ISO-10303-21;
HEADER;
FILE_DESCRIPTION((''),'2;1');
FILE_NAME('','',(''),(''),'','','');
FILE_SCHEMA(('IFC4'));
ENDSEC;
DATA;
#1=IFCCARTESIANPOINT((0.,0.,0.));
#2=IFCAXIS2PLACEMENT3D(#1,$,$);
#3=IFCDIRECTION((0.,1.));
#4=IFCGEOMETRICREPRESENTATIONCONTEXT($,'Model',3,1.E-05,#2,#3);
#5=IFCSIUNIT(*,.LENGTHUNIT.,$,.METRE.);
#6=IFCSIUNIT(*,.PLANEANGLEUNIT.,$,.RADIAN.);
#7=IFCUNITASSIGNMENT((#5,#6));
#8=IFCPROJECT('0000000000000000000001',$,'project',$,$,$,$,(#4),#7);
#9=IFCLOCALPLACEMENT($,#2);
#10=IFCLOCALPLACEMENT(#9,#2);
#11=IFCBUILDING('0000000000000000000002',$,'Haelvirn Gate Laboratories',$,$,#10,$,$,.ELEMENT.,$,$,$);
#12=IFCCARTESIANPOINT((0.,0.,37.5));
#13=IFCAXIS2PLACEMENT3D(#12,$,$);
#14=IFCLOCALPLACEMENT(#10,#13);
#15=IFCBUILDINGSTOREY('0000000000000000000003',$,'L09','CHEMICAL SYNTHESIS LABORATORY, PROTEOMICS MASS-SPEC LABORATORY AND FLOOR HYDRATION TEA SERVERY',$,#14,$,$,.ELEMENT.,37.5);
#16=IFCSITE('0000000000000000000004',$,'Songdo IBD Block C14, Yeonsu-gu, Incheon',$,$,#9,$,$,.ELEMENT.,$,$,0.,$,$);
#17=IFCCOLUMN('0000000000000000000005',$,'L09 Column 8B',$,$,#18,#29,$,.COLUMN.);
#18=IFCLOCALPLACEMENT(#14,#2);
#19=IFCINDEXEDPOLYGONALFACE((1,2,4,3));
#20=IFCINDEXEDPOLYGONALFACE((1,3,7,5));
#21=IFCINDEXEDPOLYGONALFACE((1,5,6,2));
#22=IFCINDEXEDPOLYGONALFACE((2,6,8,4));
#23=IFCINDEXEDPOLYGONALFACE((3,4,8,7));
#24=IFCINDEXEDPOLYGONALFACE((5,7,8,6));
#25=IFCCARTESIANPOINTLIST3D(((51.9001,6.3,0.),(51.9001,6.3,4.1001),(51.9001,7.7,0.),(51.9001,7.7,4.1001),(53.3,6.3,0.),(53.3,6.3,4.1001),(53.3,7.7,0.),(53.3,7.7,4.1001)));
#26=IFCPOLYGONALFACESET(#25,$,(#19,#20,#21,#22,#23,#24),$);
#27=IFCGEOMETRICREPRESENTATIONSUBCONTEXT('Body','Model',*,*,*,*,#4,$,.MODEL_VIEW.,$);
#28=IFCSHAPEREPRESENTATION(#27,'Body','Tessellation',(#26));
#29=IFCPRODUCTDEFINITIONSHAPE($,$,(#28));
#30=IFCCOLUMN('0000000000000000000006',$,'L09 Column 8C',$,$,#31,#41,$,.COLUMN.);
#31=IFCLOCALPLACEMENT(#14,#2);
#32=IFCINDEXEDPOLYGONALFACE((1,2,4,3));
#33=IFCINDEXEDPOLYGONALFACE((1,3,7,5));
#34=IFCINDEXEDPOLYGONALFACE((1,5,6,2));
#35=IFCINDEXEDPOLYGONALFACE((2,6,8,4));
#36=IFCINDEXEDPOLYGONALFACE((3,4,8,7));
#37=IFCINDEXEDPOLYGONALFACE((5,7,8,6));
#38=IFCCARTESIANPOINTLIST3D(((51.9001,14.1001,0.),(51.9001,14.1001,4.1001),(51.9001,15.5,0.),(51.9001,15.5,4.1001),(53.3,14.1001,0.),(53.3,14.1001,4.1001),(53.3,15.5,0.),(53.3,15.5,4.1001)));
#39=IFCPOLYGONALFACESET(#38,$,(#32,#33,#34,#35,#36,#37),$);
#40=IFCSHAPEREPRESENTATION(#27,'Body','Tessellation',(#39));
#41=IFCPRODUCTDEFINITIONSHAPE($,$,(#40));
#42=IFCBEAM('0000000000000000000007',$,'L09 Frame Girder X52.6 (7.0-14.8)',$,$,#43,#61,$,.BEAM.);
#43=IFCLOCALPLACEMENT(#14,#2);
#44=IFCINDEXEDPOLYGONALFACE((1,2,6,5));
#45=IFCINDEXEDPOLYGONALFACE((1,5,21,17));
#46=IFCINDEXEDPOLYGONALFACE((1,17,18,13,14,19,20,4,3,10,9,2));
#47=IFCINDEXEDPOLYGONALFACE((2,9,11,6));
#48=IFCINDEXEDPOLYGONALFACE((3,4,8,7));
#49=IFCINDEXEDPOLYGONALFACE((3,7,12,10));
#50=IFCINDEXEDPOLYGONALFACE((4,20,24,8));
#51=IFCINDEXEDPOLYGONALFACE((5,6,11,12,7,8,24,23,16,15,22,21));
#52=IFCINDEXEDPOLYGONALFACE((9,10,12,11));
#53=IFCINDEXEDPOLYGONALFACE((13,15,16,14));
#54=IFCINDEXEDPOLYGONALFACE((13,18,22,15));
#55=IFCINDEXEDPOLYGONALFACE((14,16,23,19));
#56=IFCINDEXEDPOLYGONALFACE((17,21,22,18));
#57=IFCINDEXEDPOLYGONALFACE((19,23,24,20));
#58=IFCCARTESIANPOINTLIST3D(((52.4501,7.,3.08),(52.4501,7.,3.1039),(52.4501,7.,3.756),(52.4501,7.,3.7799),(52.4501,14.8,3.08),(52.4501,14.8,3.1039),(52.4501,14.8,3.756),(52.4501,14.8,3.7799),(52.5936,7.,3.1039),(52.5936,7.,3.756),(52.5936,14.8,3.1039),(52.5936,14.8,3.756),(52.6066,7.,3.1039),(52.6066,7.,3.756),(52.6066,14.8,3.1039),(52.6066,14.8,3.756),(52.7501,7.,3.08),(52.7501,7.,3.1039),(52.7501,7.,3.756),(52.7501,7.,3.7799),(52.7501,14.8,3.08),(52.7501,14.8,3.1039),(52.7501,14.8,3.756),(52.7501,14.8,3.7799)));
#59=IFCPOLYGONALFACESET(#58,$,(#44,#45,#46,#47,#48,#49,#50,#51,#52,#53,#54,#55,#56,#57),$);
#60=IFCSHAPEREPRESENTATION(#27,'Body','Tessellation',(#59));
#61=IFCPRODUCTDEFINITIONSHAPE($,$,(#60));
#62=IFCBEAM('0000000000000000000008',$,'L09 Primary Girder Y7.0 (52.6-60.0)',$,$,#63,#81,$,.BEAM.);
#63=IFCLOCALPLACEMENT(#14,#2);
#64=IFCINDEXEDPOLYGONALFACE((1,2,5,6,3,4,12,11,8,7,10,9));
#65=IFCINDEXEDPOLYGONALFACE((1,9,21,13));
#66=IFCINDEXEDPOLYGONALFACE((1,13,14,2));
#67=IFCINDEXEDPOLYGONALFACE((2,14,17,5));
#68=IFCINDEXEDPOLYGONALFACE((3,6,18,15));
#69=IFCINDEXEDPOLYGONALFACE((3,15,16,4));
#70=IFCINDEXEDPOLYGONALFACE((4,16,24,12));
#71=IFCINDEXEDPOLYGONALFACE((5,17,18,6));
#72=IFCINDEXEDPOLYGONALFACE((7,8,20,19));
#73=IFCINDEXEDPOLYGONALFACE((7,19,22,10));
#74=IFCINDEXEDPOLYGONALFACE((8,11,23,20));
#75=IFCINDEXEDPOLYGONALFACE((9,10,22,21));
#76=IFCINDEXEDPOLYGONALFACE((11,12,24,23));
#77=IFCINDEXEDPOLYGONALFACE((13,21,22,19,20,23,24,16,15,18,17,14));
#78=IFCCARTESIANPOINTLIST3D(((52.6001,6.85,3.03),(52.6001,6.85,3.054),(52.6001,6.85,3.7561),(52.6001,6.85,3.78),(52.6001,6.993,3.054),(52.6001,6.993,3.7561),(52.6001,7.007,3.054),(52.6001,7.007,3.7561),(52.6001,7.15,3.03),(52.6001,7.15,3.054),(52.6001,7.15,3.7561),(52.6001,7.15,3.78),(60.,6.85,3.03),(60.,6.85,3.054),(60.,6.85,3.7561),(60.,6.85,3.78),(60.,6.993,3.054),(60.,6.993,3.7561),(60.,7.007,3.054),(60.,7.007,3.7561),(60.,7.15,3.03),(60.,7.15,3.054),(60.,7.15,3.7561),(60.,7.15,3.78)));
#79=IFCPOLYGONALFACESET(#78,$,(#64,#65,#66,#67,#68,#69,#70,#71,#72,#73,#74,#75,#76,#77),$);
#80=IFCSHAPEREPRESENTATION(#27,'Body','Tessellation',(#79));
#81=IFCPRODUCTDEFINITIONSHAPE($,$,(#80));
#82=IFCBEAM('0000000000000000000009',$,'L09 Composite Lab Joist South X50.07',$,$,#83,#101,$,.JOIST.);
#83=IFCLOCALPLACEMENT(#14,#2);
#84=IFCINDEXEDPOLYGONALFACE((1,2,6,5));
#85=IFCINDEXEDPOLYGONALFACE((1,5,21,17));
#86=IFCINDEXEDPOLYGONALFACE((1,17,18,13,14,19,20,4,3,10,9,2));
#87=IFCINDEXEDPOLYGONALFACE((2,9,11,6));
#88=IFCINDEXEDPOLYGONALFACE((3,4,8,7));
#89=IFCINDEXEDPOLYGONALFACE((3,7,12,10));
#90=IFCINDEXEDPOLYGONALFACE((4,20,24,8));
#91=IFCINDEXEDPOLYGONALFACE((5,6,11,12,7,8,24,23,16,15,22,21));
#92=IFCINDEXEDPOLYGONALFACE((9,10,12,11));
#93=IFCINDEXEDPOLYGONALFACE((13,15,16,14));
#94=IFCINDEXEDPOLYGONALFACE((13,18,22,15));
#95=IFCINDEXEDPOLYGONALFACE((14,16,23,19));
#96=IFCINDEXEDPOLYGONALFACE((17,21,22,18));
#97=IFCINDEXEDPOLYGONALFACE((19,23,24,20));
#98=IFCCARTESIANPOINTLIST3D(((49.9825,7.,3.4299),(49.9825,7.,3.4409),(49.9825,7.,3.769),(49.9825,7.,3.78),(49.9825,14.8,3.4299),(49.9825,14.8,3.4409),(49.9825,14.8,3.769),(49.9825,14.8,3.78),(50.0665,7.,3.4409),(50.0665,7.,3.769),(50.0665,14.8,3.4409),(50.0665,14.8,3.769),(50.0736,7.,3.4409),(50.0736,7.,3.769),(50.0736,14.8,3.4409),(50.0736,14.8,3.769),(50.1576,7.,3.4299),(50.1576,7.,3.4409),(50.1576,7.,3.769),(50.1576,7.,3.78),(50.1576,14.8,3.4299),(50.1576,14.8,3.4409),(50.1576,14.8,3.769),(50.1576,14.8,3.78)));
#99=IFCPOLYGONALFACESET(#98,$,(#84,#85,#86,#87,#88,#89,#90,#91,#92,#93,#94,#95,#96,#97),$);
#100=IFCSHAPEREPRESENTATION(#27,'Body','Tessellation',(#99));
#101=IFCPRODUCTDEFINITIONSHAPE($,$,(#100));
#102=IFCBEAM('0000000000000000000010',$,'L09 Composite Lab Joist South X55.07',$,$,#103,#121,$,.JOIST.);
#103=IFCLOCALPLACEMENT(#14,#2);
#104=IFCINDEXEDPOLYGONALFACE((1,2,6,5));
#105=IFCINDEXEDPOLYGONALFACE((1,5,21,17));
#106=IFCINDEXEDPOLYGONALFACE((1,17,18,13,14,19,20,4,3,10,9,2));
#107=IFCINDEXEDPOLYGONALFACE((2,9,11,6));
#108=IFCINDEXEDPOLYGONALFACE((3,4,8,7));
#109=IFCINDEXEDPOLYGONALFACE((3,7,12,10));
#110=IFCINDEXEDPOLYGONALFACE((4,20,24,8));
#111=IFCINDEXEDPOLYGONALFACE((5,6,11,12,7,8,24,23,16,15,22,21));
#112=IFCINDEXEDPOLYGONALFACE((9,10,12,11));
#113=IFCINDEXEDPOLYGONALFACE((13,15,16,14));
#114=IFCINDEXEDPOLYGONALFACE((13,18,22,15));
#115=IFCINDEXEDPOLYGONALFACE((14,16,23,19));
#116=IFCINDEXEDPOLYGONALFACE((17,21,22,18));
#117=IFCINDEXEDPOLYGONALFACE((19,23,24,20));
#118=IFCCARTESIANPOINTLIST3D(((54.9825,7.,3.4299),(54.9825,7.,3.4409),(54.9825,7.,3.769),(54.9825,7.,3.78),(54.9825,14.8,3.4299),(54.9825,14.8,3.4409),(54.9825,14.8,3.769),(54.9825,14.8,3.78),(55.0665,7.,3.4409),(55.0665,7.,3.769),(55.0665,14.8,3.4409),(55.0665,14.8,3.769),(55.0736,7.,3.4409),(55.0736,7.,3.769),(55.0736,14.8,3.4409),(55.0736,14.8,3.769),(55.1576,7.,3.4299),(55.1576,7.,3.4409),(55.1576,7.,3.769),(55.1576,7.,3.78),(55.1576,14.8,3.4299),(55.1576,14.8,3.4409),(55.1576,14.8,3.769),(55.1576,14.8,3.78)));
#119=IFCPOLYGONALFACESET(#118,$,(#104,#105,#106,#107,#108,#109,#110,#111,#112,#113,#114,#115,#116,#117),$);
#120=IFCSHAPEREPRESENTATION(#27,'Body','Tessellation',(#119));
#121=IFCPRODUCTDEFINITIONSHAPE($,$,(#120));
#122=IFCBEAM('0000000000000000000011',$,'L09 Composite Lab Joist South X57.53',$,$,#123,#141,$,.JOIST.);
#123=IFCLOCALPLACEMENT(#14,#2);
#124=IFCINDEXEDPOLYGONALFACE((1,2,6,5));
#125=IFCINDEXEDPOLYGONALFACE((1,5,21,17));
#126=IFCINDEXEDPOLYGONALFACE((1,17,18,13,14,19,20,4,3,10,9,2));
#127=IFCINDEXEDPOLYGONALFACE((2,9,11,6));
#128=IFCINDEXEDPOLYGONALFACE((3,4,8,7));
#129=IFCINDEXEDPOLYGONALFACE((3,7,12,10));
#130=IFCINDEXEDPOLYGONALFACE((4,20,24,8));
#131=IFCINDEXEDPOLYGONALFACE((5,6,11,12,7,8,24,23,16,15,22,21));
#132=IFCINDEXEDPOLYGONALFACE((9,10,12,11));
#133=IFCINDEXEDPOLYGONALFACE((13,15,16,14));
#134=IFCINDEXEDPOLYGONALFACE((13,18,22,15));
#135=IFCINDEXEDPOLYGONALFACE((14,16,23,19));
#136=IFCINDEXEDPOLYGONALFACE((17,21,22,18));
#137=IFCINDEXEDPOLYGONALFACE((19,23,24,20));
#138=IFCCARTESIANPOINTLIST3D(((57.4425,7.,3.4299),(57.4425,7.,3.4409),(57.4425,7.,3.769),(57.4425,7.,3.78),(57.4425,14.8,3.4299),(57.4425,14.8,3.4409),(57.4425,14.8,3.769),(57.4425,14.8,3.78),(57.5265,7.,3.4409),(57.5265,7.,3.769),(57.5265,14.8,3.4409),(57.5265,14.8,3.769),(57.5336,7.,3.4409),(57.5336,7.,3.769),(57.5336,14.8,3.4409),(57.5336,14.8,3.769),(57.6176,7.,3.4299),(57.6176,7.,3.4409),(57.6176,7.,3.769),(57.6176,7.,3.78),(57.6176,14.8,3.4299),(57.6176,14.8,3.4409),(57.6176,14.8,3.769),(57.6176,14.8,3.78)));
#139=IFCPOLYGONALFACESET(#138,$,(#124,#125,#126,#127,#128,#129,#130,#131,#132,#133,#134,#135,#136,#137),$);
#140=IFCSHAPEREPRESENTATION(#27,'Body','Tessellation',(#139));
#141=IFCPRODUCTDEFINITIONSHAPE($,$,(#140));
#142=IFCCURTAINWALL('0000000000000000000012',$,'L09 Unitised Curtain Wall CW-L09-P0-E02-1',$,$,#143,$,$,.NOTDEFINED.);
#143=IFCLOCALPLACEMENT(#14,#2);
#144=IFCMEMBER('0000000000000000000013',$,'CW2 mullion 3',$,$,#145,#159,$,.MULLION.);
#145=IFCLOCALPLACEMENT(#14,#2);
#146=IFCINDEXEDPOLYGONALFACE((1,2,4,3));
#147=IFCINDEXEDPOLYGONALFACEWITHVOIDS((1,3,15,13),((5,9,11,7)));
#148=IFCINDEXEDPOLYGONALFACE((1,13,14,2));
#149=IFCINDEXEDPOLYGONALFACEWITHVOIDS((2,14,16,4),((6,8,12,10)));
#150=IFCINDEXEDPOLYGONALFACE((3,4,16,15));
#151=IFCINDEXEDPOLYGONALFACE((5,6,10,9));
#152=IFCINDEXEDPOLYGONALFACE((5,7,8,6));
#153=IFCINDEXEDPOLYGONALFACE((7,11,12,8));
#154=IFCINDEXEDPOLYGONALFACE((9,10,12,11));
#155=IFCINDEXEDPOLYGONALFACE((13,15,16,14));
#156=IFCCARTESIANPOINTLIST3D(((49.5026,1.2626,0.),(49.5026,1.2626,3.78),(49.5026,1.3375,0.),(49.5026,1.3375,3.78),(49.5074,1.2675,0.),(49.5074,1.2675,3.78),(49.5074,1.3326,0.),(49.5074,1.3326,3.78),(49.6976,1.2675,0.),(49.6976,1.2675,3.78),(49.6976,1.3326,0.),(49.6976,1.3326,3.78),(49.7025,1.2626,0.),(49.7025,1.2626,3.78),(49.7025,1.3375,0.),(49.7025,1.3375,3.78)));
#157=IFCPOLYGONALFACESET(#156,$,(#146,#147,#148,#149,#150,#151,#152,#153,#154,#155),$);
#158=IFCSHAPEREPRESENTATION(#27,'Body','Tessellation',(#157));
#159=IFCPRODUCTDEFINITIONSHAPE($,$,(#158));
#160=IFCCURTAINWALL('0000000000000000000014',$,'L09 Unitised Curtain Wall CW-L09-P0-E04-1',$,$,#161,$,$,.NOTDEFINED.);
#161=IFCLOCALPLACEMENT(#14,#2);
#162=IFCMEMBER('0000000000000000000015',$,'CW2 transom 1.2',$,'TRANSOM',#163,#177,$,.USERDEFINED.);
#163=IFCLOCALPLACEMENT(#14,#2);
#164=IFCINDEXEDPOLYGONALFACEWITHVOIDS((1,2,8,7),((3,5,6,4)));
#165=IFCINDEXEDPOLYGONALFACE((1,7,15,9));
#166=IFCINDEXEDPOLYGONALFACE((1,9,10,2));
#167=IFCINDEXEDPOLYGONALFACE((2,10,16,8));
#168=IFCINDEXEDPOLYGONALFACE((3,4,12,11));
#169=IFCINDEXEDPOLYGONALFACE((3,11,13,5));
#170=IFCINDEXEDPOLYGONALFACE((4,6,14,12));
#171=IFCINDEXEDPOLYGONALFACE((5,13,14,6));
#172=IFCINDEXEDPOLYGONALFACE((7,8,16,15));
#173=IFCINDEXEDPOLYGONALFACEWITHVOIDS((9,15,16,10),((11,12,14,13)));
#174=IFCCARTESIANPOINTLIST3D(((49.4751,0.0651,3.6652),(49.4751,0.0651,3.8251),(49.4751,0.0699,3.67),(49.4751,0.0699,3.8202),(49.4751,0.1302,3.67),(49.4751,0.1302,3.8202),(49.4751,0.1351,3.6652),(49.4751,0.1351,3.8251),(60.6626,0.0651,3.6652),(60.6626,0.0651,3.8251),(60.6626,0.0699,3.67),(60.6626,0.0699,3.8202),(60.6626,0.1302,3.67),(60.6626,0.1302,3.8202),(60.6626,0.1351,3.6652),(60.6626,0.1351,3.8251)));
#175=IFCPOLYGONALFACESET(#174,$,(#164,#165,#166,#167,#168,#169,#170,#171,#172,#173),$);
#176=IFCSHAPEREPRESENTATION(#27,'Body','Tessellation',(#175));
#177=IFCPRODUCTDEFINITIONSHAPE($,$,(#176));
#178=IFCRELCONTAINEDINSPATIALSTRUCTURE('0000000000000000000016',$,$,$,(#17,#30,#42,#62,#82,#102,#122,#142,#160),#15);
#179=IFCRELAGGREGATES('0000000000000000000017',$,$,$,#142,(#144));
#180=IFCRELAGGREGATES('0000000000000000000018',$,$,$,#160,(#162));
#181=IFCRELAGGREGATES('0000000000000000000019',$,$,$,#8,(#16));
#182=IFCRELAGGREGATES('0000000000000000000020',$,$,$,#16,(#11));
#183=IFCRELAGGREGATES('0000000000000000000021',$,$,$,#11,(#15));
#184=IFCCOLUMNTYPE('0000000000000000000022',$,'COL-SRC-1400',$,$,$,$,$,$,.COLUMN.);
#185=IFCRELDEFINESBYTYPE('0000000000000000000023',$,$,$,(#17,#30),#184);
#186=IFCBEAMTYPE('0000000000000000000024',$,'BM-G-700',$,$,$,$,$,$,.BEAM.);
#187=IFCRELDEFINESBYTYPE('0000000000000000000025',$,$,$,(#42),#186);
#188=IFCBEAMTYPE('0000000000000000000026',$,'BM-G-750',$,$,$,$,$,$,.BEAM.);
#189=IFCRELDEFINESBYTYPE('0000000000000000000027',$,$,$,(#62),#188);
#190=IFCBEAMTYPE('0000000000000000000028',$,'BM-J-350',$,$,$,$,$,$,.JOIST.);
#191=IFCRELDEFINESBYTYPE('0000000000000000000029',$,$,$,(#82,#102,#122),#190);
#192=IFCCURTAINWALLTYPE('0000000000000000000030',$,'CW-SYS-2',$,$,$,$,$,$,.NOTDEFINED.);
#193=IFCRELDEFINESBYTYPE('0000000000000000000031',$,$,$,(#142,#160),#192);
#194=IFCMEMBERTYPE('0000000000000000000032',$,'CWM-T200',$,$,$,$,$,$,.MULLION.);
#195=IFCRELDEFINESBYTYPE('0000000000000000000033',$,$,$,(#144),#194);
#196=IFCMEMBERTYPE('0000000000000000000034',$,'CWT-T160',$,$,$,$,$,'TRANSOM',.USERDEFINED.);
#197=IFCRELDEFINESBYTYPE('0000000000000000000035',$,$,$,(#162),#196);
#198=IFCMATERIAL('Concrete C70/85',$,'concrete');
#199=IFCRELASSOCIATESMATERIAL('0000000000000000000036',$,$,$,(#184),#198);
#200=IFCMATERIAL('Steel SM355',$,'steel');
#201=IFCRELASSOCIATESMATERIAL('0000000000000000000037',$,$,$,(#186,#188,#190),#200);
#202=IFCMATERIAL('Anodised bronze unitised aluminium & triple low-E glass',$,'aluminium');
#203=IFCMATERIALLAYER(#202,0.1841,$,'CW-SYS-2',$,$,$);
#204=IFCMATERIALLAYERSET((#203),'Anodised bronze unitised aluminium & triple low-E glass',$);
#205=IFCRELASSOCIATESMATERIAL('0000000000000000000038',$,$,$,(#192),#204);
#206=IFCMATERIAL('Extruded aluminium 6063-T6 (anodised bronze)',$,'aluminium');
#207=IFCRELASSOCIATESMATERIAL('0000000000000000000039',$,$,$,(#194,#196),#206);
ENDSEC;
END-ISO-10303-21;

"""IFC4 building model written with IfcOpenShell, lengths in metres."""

from ifc_helpers import new_model, si_unit, direction, frame, origin, origin_2d, place, context, subcontext, project, spatial, rectangle, hollow_rectangle, i_section, extrude, source, transform, mapped, material, layer, layer_set, material_profile, profile_set, type_object, type_shapes, element, aggregate, save


model = new_model("IFC4")

# Units and contexts
model_context = context("Model", 3, precision=1e-05, world=origin(), true_north=direction((0.0, 1.0)))
body_context = subcontext(model_context, "Body", "Model", "MODEL_VIEW")
ifc_project = project(units=[si_unit("LENGTHUNIT", "METRE"), si_unit("PLANEANGLEUNIT", "RADIAN")], contexts=[model_context])

# Site, building, storey
site_placement = place(None, origin())
site = spatial("IfcSite", under=ifc_project, at=site_placement, Name="Songdo IBD Block C14, Yeonsu-gu, Incheon", CompositionType="ELEMENT", RefElevation=0.0)
building_placement = place(site_placement, origin())
building = spatial("IfcBuilding", under=site, at=building_placement, Name="Haelvirn Gate Laboratories", CompositionType="ELEMENT")
storey_placement = place(building_placement, frame((0.0, 0.0, 37.5)))
storey = spatial("IfcBuildingStorey", under=building, at=storey_placement, Name="L09", Description="CHEMICAL SYNTHESIS LABORATORY, PROTEOMICS MASS-SPEC LABORATORY AND FLOOR HYDRATION TEA SERVERY", CompositionType="ELEMENT", Elevation=37.5)

# Columns
ifc_material_1 = material(Name="Concrete C70/85", Category="concrete")
ifc_material_profile_1 = material_profile(ifc_material_1, rectangle(XDim=1.3999, YDim=1.3999, at=origin_2d()), Name="SRC-1400x1400")
ifc_profile_set_1 = profile_set([ifc_material_profile_1], Name="Concrete C70/85")
column_type = type_object("IfcColumnType", Name="COL-SRC-1400", PredefinedType="COLUMN", material=ifc_profile_set_1)
shared_shape_1 = source(origin(), body_context, "Body", "SweptSolid", [
    extrude(rectangle(XDim=1.3999, YDim=1.3999, at=origin_2d()), origin(), (0.0, 0.0, 1.0), 4.1001),
])
type_shapes(column_type, [shared_shape_1])
for number, where, z_axis, x_axis, name in (
    (1, (52.6001, 7.0, 0.0), (0.0, 0.0, 1.0), (1.0, 0.0, 0.0), "L09 Column 8B"),
    (2, (52.6001, 14.8, 0.0), (0.0, 0.0, 1.0), (1.0, 0.0, 0.0), "L09 Column 8C"),
):
    element("IfcColumn", number, at=place(storey_placement, frame(where, z_axis=z_axis, x_axis=x_axis)), inside=storey, type_object=column_type, Name=name, PredefinedType="COLUMN", context=body_context, shape_type="MappedRepresentation", body=[
        mapped(shared_shape_1, transform((0.0, 0.0, 0.0), scale=1.0)),
    ])

# Beams
ifc_material_2 = material(Name="Steel SM355", Category="steel")
ifc_material_profile_2 = material_profile(ifc_material_2, i_section(OverallWidth=0.3, OverallDepth=0.7, WebThickness=0.0129, FlangeThickness=0.0239, at=origin_2d()), Name="H-700x300x13x24")
ifc_profile_set_2 = profile_set([ifc_material_profile_2], Name="Steel SM355")
beam_type_1 = type_object("IfcBeamType", Name="BM-G-700", PredefinedType="BEAM", material=ifc_profile_set_2)
shared_shape_2 = source(origin(), body_context, "Body", "SweptSolid", [
    extrude(i_section(OverallWidth=0.3, OverallDepth=0.7, WebThickness=0.0129, FlangeThickness=0.0239, at=origin_2d()), origin(), (0.0, 0.0, 1.0), 7.8),
])
type_shapes(beam_type_1, [shared_shape_2])
beam_1_placement = place(storey_placement, frame((52.6001, 7.0, 3.4299), z_axis=(0.0, 1.0, 0.0), x_axis=(-1.0, 0.0, 0.0)))
element("IfcBeam", 3, at=beam_1_placement, inside=storey, type_object=beam_type_1, Name="L09 Frame Girder X52.6 (7.0-14.8)", PredefinedType="BEAM", context=body_context, shape_type="MappedRepresentation", body=[
    mapped(shared_shape_2, transform((0.0, 0.0, 0.0), scale=1.0)),
])
ifc_material_profile_3 = material_profile(ifc_material_2, i_section(OverallWidth=0.3, OverallDepth=0.75, WebThickness=0.0139, FlangeThickness=0.0239, at=origin_2d()), Name="H-750x300x14x24")
ifc_profile_set_3 = profile_set([ifc_material_profile_3], Name="Steel SM355")
beam_type_2 = type_object("IfcBeamType", Name="BM-G-750", PredefinedType="BEAM", material=ifc_profile_set_3)
shared_shape_3 = source(origin(), body_context, "Body", "SweptSolid", [
    extrude(i_section(OverallWidth=0.3, OverallDepth=0.75, WebThickness=0.0139, FlangeThickness=0.0239, at=origin_2d()), origin(), (0.0, 0.0, 1.0), 7.3999),
])
type_shapes(beam_type_2, [shared_shape_3])
beam_2_placement = place(storey_placement, frame((52.6001, 7.0, 3.405), z_axis=(1.0, 0.0, 0.0), x_axis=(0.0, 1.0, 0.0)))
element("IfcBeam", 4, at=beam_2_placement, inside=storey, type_object=beam_type_2, Name="L09 Primary Girder Y7.0 (52.6-60.0)", PredefinedType="BEAM", context=body_context, shape_type="MappedRepresentation", body=[
    mapped(shared_shape_3, transform((0.0, 0.0, 0.0), scale=1.0)),
])
ifc_material_profile_4 = material_profile(ifc_material_2, i_section(OverallWidth=0.175, OverallDepth=0.3501, WebThickness=0.0071, FlangeThickness=0.011, at=origin_2d()), Name="H-350x175x7x11")
ifc_profile_set_4 = profile_set([ifc_material_profile_4], Name="Steel SM355")
beam_type_3 = type_object("IfcBeamType", Name="BM-J-350", PredefinedType="JOIST", material=ifc_profile_set_4)
shared_shape_4 = source(origin(), body_context, "Body", "SweptSolid", [
    extrude(i_section(OverallWidth=0.175, OverallDepth=0.3501, WebThickness=0.0071, FlangeThickness=0.011, at=origin_2d()), origin(), (0.0, 0.0, 1.0), 7.8),
])
type_shapes(beam_type_3, [shared_shape_4])
for number, where, z_axis, x_axis, name in (
    (5, (50.0701, 7.0, 3.605), (0.0, 1.0, 0.0), (-1.0, 0.0, 0.0), "L09 Composite Lab Joist South X50.07"),
    (6, (55.0701, 7.0, 3.605), (0.0, 1.0, 0.0), (-1.0, 0.0, 0.0), "L09 Composite Lab Joist South X55.07"),
    (7, (57.53, 7.0, 3.605), (0.0, 1.0, 0.0), (-1.0, 0.0, 0.0), "L09 Composite Lab Joist South X57.53"),
):
    element("IfcBeam", number, at=place(storey_placement, frame(where, z_axis=z_axis, x_axis=x_axis)), inside=storey, type_object=beam_type_3, Name=name, PredefinedType="JOIST", context=body_context, shape_type="MappedRepresentation", body=[
        mapped(shared_shape_4, transform((0.0, 0.0, 0.0), scale=1.0)),
    ])

# Curtain wall, member
ifc_material_3 = material(Name="Anodised bronze unitised aluminium & triple low-E glass", Category="aluminium")
ifc_layer_1 = layer(ifc_material_3, 0.1841, Name="CW-SYS-2")
ifc_layer_set_1 = layer_set([ifc_layer_1], Name="Anodised bronze unitised aluminium & triple low-E glass")
curtain_wall_type = type_object("IfcCurtainWallType", Name="CW-SYS-2", PredefinedType="NOTDEFINED", material=ifc_layer_set_1)
curtain_wall_1_placement = place(storey_placement, origin())
curtain_wall_1 = element("IfcCurtainWall", 8, at=curtain_wall_1_placement, inside=storey, type_object=curtain_wall_type, Name="L09 Unitised Curtain Wall CW-L09-P0-E02-1", PredefinedType="NOTDEFINED")
ifc_material_4 = material(Name="Extruded aluminium 6063-T6 (anodised bronze)", Category="aluminium")
ifc_material_profile_5 = material_profile(ifc_material_4, hollow_rectangle(XDim=0.075, YDim=0.2, WallThickness=0.0049, at=origin_2d()), Name="CWM-200x75x5")
ifc_profile_set_5 = profile_set([ifc_material_profile_5], Name="Extruded aluminium 6063-T6 (anodised bronze)")
member_type_1 = type_object("IfcMemberType", Name="CWM-T200", PredefinedType="MULLION", material=ifc_profile_set_5)
shared_shape_5 = source(origin(), body_context, "Body", "SweptSolid", [
    extrude(hollow_rectangle(XDim=0.075, YDim=0.2, WallThickness=0.0049, at=origin_2d()), origin(), (0.0, 0.0, 1.0), 3.78),
])
type_shapes(member_type_1, [shared_shape_5])
member_1_placement = place(storey_placement, frame((49.6025, 1.3, 0.0), z_axis=(0.0, 0.0, 1.0), x_axis=(0.0, 1.0, 0.0)))
member_1 = element("IfcMember", 9, at=member_1_placement, type_object=member_type_1, Name="CW2 mullion 3", PredefinedType="MULLION", context=body_context, shape_type="MappedRepresentation", body=[
    mapped(shared_shape_5, transform((0.0, 0.0, 0.0), scale=1.0)),
])
aggregate(curtain_wall_1, [member_1])

# Curtain wall, member
curtain_wall_2_placement = place(storey_placement, origin())
curtain_wall_2 = element("IfcCurtainWall", 10, at=curtain_wall_2_placement, inside=storey, type_object=curtain_wall_type, Name="L09 Unitised Curtain Wall CW-L09-P0-E04-1", PredefinedType="NOTDEFINED")
ifc_material_profile_6 = material_profile(ifc_material_4, hollow_rectangle(XDim=0.0701, YDim=0.1599, WallThickness=0.0049, at=origin_2d()), Name="CWT-160x70x5")
ifc_profile_set_6 = profile_set([ifc_material_profile_6], Name="Extruded aluminium 6063-T6 (anodised bronze)")
member_type_2 = type_object("IfcMemberType", Name="CWT-T160", ElementType="TRANSOM", PredefinedType="USERDEFINED", material=ifc_profile_set_6)
shared_shape_6 = source(origin(), body_context, "Body", "SweptSolid", [
    extrude(hollow_rectangle(XDim=0.0701, YDim=0.1599, WallThickness=0.0049, at=origin_2d()), origin(), (0.0, 0.0, 1.0), 11.1875),
])
type_shapes(member_type_2, [shared_shape_6])
member_2_placement = place(storey_placement, frame((49.4751, 0.1001, 3.7451), z_axis=(1.0, 0.0, 0.0), x_axis=(0.0, 1.0, 0.0)))
member_2 = element("IfcMember", 11, at=member_2_placement, type_object=member_type_2, Name="CW2 transom 1.2", ObjectType="TRANSOM", PredefinedType="USERDEFINED", context=body_context, shape_type="MappedRepresentation", body=[
    mapped(shared_shape_6, transform((0.0, 0.0, 0.0), scale=1.0)),
])
aggregate(curtain_wall_2, [member_2])

save(model, "model.ifc")
